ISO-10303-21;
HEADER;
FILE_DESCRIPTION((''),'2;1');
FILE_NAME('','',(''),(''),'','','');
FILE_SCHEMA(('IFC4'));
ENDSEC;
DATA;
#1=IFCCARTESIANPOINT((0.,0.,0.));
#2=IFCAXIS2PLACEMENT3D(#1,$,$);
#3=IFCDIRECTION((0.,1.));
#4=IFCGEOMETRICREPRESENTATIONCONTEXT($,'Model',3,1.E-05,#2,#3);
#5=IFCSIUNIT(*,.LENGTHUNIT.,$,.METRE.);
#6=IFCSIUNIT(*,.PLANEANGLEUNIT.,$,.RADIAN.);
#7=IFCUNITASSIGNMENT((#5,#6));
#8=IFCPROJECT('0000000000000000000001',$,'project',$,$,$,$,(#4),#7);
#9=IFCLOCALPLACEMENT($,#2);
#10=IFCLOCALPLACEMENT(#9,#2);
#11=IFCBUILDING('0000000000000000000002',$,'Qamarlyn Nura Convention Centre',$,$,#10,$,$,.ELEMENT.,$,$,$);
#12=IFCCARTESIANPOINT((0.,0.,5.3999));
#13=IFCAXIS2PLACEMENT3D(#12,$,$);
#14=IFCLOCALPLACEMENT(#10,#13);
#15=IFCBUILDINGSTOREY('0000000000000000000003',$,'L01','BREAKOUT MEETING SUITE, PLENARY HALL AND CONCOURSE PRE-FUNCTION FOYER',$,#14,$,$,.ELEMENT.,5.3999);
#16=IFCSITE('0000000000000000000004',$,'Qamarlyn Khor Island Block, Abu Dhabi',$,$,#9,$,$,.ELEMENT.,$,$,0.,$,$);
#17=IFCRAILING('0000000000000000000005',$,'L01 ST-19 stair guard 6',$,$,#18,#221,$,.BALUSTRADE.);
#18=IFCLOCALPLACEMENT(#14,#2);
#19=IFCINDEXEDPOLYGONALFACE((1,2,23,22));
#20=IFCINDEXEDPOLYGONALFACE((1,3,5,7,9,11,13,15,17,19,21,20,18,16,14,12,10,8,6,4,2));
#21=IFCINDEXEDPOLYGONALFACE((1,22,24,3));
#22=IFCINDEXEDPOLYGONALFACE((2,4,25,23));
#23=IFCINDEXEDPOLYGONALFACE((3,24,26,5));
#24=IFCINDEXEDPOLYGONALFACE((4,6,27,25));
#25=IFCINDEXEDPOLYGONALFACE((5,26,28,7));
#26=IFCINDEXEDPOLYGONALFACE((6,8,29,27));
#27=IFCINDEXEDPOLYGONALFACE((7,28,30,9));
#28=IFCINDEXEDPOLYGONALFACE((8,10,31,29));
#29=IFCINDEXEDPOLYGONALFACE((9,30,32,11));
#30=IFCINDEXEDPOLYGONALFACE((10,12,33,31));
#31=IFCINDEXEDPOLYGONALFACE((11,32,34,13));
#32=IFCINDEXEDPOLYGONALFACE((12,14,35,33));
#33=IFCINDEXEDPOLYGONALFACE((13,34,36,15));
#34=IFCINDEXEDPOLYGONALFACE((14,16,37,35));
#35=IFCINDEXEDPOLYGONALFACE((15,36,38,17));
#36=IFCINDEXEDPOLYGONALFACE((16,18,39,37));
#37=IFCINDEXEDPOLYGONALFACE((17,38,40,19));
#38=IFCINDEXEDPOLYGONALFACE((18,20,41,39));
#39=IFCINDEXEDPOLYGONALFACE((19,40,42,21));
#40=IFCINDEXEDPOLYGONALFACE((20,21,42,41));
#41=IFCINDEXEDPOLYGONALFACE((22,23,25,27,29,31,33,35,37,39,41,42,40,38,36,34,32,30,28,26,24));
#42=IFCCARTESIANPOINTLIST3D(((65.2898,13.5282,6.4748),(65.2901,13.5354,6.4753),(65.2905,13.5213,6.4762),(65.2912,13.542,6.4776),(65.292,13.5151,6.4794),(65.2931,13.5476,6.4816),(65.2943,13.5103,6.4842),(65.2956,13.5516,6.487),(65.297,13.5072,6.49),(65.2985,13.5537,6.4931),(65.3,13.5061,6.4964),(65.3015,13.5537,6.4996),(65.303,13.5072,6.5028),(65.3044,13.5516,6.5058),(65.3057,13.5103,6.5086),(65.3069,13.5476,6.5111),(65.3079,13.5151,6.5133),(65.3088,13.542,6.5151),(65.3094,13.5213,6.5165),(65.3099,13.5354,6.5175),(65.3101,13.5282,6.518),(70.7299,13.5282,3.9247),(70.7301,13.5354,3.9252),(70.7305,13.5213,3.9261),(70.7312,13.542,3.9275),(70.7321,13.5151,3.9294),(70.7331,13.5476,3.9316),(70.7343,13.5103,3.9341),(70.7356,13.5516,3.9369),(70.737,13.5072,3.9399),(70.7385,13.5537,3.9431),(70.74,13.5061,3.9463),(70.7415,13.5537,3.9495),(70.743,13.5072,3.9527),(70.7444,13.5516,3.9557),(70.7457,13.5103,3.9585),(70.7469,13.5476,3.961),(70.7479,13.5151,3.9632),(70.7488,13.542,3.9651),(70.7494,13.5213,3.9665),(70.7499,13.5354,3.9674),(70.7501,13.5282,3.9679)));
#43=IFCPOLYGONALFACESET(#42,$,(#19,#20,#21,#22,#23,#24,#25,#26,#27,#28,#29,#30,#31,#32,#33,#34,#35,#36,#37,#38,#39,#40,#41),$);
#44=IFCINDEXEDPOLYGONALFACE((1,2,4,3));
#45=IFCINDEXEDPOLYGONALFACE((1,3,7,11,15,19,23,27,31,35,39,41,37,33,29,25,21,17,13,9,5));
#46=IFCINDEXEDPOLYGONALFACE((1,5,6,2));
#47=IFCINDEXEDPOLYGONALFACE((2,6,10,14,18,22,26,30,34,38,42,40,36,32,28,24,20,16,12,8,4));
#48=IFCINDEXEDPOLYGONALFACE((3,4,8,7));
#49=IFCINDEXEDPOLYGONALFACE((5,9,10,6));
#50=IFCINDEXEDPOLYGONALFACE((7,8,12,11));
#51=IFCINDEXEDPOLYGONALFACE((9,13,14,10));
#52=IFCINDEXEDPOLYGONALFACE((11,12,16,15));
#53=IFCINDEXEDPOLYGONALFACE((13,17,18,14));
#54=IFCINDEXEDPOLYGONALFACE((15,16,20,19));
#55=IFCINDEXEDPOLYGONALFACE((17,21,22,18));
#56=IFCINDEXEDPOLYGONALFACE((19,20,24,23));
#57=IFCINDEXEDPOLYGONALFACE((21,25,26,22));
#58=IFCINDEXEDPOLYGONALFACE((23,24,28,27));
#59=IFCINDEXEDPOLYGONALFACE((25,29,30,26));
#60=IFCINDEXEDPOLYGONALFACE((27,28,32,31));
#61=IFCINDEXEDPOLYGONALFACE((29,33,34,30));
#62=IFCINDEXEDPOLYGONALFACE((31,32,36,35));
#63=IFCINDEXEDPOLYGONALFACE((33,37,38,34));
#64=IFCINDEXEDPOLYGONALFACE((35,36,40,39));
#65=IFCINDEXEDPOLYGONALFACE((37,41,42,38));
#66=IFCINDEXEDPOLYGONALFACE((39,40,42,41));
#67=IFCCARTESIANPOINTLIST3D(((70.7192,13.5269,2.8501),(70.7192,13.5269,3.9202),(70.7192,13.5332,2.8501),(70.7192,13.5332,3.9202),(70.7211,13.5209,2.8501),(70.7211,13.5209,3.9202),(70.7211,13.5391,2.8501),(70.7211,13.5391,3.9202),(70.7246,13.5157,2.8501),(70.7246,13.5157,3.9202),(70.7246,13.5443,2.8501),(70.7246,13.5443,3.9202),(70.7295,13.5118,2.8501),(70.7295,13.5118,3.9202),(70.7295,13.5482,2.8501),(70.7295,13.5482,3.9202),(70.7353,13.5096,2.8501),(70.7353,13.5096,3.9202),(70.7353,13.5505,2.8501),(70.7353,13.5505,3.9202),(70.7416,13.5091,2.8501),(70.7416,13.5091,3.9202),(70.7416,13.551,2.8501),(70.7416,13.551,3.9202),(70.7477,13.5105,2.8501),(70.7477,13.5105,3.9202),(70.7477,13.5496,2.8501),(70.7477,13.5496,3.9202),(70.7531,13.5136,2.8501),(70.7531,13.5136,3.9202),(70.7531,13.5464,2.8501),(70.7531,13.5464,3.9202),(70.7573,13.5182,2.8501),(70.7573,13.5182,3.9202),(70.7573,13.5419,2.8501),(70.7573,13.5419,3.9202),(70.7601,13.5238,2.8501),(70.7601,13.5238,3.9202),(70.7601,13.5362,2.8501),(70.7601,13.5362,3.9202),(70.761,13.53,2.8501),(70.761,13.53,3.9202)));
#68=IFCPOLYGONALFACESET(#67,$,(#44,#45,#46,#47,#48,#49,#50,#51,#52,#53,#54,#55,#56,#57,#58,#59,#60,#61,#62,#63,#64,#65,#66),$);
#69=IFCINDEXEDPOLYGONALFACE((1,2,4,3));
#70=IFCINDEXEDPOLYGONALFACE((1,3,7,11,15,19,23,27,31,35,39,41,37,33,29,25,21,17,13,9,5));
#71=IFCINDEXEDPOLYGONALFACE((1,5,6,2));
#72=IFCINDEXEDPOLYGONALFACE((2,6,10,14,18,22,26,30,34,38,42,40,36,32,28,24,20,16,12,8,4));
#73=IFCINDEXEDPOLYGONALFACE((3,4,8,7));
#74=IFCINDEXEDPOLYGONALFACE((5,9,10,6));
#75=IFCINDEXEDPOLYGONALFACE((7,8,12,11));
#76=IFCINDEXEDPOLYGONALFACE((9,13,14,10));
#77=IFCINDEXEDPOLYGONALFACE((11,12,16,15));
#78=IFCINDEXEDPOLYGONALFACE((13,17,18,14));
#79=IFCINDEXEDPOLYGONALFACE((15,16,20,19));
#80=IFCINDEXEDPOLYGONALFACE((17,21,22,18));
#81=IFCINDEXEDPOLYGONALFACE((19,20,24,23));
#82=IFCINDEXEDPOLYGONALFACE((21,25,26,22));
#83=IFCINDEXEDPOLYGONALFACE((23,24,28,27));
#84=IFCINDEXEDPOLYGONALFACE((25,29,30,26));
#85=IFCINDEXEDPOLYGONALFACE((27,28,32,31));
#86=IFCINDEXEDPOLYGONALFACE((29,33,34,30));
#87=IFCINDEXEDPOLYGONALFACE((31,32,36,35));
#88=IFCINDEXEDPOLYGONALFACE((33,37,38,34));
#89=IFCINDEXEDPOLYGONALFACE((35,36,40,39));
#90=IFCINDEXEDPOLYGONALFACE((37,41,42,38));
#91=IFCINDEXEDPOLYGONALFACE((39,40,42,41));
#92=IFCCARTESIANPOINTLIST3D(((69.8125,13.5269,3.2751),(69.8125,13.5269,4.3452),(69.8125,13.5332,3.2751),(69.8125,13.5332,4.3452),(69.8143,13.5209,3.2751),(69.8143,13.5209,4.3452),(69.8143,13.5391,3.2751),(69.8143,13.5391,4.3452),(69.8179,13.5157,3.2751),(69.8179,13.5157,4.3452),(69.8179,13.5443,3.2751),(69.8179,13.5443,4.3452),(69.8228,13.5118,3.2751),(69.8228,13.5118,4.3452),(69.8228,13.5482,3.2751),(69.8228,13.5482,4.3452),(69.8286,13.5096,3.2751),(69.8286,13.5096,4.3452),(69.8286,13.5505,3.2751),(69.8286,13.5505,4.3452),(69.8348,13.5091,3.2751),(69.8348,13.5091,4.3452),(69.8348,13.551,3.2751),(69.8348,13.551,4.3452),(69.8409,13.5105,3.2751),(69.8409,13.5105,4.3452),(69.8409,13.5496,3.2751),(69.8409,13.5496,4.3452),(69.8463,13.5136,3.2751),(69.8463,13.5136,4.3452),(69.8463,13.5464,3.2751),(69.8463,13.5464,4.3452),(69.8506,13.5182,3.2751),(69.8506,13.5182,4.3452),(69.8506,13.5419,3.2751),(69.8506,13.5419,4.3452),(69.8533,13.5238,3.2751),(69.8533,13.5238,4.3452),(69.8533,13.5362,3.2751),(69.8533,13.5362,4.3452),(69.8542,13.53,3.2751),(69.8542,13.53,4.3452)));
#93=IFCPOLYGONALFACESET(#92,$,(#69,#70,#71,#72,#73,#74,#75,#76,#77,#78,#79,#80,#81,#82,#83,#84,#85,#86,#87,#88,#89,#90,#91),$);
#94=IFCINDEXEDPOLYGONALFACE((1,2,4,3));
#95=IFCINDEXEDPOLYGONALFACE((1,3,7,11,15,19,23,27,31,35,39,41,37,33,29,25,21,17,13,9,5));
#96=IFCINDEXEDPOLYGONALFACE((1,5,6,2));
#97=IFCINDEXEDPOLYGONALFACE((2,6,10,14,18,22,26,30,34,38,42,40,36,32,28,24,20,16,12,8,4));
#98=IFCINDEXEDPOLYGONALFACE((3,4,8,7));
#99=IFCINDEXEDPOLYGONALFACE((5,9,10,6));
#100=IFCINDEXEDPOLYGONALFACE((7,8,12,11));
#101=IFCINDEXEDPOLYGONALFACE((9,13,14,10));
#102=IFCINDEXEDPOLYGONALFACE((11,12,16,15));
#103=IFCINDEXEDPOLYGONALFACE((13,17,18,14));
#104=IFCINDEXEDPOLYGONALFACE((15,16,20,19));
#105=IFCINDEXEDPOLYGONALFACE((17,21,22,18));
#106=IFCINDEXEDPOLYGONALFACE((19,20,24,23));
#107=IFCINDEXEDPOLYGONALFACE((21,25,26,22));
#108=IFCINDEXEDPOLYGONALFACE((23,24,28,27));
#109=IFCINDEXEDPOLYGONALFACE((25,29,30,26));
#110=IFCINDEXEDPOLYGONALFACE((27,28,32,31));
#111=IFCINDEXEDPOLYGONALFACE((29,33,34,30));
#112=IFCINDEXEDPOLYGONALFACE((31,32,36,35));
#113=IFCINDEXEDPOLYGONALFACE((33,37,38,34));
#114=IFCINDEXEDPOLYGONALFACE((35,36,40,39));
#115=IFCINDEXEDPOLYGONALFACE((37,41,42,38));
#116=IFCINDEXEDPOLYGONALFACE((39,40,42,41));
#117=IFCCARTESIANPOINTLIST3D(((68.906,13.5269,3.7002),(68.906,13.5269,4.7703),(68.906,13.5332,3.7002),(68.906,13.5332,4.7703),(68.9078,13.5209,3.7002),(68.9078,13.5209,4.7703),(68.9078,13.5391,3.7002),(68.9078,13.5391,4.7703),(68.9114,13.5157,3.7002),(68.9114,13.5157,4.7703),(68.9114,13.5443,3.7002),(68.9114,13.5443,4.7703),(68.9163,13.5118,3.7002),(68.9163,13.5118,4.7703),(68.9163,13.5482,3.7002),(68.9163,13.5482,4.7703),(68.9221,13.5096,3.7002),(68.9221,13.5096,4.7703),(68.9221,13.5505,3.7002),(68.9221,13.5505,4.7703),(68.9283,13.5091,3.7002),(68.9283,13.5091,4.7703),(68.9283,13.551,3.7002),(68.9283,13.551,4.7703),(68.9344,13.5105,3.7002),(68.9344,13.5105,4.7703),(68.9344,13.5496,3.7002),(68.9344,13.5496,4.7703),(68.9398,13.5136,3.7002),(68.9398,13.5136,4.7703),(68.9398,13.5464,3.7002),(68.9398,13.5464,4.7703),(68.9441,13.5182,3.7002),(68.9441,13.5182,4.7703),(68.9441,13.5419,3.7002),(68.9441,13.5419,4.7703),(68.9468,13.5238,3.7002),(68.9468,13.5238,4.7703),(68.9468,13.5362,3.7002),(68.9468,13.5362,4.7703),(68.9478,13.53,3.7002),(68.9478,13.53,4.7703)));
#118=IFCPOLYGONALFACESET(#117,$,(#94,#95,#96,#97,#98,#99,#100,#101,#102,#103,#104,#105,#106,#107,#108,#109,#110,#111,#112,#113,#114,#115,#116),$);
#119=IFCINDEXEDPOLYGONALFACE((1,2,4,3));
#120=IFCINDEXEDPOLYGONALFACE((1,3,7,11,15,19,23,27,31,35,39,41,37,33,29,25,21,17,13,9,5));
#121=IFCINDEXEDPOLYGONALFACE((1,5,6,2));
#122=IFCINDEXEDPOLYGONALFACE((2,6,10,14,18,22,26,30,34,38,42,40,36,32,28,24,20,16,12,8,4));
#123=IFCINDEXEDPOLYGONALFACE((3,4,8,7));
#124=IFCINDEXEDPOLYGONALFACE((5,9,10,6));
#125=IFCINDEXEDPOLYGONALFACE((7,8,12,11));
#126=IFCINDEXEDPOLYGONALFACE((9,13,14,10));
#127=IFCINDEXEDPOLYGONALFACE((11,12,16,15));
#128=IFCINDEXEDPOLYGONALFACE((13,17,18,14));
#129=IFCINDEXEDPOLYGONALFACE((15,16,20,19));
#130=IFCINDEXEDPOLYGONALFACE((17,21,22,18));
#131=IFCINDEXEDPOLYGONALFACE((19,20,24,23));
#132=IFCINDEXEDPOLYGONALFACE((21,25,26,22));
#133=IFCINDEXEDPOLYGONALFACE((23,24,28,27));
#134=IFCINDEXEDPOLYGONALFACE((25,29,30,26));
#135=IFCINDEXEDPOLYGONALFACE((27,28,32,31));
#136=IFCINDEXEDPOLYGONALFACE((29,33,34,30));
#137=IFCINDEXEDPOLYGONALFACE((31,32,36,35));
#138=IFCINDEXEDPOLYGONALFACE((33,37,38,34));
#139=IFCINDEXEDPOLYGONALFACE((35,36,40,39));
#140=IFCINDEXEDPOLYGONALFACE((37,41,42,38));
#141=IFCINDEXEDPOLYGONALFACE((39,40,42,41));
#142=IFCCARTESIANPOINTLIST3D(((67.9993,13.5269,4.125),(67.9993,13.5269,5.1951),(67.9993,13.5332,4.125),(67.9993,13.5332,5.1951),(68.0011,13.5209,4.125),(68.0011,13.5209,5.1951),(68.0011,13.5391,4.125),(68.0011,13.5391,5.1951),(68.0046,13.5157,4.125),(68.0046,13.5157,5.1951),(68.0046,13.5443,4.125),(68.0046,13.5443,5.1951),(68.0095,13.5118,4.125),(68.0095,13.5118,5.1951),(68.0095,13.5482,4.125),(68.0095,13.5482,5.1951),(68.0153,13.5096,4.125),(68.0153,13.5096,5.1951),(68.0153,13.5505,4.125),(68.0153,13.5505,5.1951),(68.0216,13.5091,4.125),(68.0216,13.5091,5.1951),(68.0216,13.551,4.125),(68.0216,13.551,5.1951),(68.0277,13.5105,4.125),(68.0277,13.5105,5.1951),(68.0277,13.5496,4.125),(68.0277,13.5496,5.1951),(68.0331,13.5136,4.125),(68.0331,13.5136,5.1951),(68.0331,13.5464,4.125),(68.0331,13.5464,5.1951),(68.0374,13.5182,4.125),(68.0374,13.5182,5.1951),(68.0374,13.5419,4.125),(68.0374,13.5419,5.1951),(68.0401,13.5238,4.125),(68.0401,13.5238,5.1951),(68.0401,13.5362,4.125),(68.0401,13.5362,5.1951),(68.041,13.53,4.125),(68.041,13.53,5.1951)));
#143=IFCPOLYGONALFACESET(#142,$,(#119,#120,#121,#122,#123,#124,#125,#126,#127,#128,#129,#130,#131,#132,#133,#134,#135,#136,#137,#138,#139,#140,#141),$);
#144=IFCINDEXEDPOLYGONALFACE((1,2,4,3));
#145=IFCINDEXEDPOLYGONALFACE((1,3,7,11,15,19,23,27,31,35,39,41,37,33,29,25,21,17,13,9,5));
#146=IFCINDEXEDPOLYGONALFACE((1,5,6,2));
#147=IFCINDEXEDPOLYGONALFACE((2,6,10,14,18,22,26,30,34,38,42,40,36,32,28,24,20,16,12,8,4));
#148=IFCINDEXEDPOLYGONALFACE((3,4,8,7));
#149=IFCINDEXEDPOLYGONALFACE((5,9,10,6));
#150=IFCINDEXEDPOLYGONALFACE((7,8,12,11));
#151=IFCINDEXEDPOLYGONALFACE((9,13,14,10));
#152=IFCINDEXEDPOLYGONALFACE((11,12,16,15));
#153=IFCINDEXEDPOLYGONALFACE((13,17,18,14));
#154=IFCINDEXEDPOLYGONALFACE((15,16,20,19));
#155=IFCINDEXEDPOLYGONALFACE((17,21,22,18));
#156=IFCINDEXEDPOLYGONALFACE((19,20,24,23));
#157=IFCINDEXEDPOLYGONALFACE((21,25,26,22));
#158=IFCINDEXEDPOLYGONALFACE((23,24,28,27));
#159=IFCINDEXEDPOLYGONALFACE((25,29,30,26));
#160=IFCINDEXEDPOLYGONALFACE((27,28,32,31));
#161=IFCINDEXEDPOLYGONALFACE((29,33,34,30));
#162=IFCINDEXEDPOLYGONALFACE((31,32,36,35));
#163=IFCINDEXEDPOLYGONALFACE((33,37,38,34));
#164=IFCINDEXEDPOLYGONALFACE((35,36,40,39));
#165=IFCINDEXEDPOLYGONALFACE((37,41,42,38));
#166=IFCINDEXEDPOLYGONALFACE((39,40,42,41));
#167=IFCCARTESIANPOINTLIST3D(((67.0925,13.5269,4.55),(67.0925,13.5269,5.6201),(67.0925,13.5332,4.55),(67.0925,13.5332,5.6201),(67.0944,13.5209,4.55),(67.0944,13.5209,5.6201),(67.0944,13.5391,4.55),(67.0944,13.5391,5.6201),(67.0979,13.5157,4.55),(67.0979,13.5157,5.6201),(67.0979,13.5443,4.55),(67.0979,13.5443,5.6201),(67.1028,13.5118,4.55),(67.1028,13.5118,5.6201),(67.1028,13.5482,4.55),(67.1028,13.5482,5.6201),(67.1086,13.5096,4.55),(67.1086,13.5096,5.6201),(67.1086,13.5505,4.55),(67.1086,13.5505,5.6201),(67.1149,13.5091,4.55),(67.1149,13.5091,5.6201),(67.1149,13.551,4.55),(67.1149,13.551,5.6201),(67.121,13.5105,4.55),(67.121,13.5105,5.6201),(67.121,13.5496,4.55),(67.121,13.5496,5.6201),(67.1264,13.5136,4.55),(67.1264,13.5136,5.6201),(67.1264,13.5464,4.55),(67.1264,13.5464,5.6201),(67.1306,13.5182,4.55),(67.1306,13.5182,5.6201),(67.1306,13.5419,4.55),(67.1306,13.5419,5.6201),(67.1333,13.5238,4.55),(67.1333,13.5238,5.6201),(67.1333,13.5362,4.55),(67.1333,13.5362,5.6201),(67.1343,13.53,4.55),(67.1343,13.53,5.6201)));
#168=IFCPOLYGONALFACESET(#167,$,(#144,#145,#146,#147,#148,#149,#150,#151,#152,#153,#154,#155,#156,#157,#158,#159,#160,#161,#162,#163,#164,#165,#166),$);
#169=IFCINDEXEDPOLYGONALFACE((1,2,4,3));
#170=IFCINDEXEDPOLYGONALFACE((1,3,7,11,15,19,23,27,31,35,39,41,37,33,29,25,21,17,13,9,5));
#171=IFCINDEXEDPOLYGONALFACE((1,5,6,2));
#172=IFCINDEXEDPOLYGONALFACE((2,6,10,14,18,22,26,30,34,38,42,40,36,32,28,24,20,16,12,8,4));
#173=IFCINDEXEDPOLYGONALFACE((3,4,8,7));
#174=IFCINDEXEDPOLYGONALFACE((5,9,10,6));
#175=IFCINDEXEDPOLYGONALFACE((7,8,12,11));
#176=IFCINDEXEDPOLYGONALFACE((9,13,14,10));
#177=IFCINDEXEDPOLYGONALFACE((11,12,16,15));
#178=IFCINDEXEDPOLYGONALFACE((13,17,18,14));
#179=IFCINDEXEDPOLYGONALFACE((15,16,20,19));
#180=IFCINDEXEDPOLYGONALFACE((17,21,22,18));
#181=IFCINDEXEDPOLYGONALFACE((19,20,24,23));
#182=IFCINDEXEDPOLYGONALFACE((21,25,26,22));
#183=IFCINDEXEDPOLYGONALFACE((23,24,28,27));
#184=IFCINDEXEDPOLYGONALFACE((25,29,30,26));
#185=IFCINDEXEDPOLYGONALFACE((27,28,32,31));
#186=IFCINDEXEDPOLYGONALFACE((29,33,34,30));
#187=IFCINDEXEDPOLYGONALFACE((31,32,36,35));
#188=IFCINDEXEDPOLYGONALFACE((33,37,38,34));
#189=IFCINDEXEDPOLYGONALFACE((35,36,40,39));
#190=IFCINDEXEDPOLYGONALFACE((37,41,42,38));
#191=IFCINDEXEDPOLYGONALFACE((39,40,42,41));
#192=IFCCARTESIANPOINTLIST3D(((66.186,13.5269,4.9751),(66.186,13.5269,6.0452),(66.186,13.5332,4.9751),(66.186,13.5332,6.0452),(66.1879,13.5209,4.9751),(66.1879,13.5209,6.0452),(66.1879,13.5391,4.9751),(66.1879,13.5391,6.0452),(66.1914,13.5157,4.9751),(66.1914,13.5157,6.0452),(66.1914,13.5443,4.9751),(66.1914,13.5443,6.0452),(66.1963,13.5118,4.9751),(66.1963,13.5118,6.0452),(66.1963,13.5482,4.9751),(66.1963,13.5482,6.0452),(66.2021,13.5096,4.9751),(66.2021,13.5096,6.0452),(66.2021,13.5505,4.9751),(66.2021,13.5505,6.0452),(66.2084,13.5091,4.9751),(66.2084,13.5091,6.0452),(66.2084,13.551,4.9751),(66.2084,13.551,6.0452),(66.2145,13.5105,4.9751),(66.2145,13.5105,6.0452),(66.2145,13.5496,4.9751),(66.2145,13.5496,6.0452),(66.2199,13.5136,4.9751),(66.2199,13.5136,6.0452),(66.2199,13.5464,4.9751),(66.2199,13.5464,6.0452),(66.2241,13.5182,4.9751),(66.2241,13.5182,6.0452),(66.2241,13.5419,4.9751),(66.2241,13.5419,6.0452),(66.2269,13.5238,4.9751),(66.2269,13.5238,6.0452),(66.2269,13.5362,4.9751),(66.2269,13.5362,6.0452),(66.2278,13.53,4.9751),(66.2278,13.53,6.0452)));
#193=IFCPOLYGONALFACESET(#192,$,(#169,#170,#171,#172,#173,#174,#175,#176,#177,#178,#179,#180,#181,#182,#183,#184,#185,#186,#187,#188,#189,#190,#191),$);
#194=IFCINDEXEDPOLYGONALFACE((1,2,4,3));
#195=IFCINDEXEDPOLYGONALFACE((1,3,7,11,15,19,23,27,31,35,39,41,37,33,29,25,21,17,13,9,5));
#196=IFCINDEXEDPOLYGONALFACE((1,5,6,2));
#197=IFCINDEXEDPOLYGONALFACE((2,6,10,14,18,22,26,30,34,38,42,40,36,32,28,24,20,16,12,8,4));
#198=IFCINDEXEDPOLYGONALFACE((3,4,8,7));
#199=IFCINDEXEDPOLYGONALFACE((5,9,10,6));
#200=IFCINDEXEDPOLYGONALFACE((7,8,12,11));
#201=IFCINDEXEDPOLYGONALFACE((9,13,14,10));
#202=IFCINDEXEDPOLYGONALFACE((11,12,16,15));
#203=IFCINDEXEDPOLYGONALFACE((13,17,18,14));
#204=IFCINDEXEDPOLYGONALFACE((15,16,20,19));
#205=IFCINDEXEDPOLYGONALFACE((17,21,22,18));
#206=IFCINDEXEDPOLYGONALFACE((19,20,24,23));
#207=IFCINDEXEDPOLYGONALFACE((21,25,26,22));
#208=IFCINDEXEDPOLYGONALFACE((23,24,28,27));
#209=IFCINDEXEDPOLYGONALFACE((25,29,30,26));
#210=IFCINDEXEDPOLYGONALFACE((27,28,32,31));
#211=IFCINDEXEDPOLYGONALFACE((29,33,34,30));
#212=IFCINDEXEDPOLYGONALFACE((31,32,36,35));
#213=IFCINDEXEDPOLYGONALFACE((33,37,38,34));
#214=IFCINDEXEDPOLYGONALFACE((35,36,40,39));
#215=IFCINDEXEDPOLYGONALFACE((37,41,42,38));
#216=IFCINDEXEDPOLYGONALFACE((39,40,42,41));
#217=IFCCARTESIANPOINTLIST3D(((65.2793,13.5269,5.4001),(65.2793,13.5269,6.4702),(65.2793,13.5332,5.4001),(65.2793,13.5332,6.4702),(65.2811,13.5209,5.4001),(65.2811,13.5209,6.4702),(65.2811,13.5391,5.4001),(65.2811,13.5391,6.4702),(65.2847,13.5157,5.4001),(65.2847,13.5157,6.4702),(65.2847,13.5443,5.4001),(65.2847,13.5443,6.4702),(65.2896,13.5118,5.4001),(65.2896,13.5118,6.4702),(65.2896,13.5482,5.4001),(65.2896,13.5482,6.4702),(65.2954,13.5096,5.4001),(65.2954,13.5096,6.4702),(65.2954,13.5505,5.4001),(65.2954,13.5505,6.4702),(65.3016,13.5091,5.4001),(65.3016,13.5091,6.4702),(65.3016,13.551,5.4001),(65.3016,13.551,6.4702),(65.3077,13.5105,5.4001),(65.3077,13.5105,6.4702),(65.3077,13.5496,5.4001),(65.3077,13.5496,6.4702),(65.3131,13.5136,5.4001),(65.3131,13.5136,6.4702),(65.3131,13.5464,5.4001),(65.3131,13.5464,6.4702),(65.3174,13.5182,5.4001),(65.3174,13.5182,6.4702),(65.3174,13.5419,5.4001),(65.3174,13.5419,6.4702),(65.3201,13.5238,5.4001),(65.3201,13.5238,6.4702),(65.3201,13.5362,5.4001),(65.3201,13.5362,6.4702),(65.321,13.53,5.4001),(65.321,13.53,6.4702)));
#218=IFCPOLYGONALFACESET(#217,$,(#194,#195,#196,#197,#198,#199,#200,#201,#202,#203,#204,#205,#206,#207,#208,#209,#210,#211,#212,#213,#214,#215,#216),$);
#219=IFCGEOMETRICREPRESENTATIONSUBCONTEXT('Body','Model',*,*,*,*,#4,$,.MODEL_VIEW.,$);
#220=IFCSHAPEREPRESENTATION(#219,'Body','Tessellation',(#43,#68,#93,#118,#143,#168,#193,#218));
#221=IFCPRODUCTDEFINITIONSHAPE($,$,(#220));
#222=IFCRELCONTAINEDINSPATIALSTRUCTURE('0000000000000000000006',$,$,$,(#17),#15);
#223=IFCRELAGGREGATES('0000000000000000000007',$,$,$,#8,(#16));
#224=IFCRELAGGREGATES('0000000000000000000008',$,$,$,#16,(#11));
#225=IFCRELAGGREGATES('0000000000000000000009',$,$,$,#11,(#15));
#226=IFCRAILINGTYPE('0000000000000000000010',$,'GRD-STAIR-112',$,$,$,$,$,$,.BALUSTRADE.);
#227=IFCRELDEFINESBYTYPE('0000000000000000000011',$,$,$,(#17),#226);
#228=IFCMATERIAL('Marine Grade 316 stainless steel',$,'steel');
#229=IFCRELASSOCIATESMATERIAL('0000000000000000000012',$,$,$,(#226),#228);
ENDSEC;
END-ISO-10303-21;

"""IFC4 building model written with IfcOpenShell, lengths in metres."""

from ifc_helpers import new_model, si_unit, direction, frame, origin, origin_2d, place, context, subcontext, project, spatial, circle, extrude, material, type_object, element, save


model = new_model("IFC4")

# Units and contexts
model_context = context("Model", 3, precision=1e-05, world=origin(), true_north=direction((0.0, 1.0)))
body_context = subcontext(model_context, "Body", "Model", "MODEL_VIEW")
ifc_project = project(units=[si_unit("LENGTHUNIT", "METRE"), si_unit("PLANEANGLEUNIT", "RADIAN")], contexts=[model_context])

# Site, building, storey
site_placement = place(None, origin())
site = spatial("IfcSite", under=ifc_project, at=site_placement, Name="Qamarlyn Khor Island Block, Abu Dhabi", CompositionType="ELEMENT", RefElevation=0.0)
building_placement = place(site_placement, origin())
building = spatial("IfcBuilding", under=site, at=building_placement, Name="Qamarlyn Nura Convention Centre", CompositionType="ELEMENT")
storey_placement = place(building_placement, frame((0.0, 0.0, 5.3999)))
storey = spatial("IfcBuildingStorey", under=building, at=storey_placement, Name="L01", Description="BREAKOUT MEETING SUITE, PLENARY HALL AND CONCOURSE PRE-FUNCTION FOYER", CompositionType="ELEMENT", Elevation=5.3999)

# Railing
ifc_material_1 = material(Name="Marine Grade 316 stainless steel", Category="steel")
railing_type_1 = type_object("IfcRailingType", Name="GRD-STAIR-112", PredefinedType="BALUSTRADE", material=ifc_material_1)
railing_1_placement = place(storey_placement, frame((70.74, 13.53, 2.8501)))
element("IfcRailing", 1, at=railing_1_placement, inside=storey, type_object=railing_type_1, Name="L01 ST-19 stair guard 6", PredefinedType="BALUSTRADE", context=body_context, shape_type="SweptSolid", body=[
    extrude(circle(Radius=0.0239, at=origin_2d()), frame((0.0, 0.0, 1.0962), z_axis=(-0.905454, 0.0, 0.424444), x_axis=(0.0, -1.0, 0.0)), (0.0, 0.0, 1.0), 6.0081),
    extrude(circle(Radius=0.021, at=origin_2d()), origin(), (0.0, 0.0, 1.0), 1.0701),
    extrude(circle(Radius=0.021, at=origin_2d()), frame((-0.9067, 0.0, 0.425)), (0.0, 0.0, 1.0), 1.0701),
    extrude(circle(Radius=0.021, at=origin_2d()), frame((-1.8132, 0.0, 0.8501)), (0.0, 0.0, 1.0), 1.0701),
    extrude(circle(Radius=0.021, at=origin_2d()), frame((-2.72, 0.0, 1.2749)), (0.0, 0.0, 1.0), 1.0701),
    extrude(circle(Radius=0.021, at=origin_2d()), frame((-3.6267, 0.0, 1.7)), (0.0, 0.0, 1.0), 1.0701),
    extrude(circle(Radius=0.021, at=origin_2d()), frame((-4.5332, 0.0, 2.125)), (0.0, 0.0, 1.0), 1.0701),
    extrude(circle(Radius=0.021, at=origin_2d()), frame((-5.4399, 0.0, 2.55)), (0.0, 0.0, 1.0), 1.0701),
])

save(model, "model.ifc")
